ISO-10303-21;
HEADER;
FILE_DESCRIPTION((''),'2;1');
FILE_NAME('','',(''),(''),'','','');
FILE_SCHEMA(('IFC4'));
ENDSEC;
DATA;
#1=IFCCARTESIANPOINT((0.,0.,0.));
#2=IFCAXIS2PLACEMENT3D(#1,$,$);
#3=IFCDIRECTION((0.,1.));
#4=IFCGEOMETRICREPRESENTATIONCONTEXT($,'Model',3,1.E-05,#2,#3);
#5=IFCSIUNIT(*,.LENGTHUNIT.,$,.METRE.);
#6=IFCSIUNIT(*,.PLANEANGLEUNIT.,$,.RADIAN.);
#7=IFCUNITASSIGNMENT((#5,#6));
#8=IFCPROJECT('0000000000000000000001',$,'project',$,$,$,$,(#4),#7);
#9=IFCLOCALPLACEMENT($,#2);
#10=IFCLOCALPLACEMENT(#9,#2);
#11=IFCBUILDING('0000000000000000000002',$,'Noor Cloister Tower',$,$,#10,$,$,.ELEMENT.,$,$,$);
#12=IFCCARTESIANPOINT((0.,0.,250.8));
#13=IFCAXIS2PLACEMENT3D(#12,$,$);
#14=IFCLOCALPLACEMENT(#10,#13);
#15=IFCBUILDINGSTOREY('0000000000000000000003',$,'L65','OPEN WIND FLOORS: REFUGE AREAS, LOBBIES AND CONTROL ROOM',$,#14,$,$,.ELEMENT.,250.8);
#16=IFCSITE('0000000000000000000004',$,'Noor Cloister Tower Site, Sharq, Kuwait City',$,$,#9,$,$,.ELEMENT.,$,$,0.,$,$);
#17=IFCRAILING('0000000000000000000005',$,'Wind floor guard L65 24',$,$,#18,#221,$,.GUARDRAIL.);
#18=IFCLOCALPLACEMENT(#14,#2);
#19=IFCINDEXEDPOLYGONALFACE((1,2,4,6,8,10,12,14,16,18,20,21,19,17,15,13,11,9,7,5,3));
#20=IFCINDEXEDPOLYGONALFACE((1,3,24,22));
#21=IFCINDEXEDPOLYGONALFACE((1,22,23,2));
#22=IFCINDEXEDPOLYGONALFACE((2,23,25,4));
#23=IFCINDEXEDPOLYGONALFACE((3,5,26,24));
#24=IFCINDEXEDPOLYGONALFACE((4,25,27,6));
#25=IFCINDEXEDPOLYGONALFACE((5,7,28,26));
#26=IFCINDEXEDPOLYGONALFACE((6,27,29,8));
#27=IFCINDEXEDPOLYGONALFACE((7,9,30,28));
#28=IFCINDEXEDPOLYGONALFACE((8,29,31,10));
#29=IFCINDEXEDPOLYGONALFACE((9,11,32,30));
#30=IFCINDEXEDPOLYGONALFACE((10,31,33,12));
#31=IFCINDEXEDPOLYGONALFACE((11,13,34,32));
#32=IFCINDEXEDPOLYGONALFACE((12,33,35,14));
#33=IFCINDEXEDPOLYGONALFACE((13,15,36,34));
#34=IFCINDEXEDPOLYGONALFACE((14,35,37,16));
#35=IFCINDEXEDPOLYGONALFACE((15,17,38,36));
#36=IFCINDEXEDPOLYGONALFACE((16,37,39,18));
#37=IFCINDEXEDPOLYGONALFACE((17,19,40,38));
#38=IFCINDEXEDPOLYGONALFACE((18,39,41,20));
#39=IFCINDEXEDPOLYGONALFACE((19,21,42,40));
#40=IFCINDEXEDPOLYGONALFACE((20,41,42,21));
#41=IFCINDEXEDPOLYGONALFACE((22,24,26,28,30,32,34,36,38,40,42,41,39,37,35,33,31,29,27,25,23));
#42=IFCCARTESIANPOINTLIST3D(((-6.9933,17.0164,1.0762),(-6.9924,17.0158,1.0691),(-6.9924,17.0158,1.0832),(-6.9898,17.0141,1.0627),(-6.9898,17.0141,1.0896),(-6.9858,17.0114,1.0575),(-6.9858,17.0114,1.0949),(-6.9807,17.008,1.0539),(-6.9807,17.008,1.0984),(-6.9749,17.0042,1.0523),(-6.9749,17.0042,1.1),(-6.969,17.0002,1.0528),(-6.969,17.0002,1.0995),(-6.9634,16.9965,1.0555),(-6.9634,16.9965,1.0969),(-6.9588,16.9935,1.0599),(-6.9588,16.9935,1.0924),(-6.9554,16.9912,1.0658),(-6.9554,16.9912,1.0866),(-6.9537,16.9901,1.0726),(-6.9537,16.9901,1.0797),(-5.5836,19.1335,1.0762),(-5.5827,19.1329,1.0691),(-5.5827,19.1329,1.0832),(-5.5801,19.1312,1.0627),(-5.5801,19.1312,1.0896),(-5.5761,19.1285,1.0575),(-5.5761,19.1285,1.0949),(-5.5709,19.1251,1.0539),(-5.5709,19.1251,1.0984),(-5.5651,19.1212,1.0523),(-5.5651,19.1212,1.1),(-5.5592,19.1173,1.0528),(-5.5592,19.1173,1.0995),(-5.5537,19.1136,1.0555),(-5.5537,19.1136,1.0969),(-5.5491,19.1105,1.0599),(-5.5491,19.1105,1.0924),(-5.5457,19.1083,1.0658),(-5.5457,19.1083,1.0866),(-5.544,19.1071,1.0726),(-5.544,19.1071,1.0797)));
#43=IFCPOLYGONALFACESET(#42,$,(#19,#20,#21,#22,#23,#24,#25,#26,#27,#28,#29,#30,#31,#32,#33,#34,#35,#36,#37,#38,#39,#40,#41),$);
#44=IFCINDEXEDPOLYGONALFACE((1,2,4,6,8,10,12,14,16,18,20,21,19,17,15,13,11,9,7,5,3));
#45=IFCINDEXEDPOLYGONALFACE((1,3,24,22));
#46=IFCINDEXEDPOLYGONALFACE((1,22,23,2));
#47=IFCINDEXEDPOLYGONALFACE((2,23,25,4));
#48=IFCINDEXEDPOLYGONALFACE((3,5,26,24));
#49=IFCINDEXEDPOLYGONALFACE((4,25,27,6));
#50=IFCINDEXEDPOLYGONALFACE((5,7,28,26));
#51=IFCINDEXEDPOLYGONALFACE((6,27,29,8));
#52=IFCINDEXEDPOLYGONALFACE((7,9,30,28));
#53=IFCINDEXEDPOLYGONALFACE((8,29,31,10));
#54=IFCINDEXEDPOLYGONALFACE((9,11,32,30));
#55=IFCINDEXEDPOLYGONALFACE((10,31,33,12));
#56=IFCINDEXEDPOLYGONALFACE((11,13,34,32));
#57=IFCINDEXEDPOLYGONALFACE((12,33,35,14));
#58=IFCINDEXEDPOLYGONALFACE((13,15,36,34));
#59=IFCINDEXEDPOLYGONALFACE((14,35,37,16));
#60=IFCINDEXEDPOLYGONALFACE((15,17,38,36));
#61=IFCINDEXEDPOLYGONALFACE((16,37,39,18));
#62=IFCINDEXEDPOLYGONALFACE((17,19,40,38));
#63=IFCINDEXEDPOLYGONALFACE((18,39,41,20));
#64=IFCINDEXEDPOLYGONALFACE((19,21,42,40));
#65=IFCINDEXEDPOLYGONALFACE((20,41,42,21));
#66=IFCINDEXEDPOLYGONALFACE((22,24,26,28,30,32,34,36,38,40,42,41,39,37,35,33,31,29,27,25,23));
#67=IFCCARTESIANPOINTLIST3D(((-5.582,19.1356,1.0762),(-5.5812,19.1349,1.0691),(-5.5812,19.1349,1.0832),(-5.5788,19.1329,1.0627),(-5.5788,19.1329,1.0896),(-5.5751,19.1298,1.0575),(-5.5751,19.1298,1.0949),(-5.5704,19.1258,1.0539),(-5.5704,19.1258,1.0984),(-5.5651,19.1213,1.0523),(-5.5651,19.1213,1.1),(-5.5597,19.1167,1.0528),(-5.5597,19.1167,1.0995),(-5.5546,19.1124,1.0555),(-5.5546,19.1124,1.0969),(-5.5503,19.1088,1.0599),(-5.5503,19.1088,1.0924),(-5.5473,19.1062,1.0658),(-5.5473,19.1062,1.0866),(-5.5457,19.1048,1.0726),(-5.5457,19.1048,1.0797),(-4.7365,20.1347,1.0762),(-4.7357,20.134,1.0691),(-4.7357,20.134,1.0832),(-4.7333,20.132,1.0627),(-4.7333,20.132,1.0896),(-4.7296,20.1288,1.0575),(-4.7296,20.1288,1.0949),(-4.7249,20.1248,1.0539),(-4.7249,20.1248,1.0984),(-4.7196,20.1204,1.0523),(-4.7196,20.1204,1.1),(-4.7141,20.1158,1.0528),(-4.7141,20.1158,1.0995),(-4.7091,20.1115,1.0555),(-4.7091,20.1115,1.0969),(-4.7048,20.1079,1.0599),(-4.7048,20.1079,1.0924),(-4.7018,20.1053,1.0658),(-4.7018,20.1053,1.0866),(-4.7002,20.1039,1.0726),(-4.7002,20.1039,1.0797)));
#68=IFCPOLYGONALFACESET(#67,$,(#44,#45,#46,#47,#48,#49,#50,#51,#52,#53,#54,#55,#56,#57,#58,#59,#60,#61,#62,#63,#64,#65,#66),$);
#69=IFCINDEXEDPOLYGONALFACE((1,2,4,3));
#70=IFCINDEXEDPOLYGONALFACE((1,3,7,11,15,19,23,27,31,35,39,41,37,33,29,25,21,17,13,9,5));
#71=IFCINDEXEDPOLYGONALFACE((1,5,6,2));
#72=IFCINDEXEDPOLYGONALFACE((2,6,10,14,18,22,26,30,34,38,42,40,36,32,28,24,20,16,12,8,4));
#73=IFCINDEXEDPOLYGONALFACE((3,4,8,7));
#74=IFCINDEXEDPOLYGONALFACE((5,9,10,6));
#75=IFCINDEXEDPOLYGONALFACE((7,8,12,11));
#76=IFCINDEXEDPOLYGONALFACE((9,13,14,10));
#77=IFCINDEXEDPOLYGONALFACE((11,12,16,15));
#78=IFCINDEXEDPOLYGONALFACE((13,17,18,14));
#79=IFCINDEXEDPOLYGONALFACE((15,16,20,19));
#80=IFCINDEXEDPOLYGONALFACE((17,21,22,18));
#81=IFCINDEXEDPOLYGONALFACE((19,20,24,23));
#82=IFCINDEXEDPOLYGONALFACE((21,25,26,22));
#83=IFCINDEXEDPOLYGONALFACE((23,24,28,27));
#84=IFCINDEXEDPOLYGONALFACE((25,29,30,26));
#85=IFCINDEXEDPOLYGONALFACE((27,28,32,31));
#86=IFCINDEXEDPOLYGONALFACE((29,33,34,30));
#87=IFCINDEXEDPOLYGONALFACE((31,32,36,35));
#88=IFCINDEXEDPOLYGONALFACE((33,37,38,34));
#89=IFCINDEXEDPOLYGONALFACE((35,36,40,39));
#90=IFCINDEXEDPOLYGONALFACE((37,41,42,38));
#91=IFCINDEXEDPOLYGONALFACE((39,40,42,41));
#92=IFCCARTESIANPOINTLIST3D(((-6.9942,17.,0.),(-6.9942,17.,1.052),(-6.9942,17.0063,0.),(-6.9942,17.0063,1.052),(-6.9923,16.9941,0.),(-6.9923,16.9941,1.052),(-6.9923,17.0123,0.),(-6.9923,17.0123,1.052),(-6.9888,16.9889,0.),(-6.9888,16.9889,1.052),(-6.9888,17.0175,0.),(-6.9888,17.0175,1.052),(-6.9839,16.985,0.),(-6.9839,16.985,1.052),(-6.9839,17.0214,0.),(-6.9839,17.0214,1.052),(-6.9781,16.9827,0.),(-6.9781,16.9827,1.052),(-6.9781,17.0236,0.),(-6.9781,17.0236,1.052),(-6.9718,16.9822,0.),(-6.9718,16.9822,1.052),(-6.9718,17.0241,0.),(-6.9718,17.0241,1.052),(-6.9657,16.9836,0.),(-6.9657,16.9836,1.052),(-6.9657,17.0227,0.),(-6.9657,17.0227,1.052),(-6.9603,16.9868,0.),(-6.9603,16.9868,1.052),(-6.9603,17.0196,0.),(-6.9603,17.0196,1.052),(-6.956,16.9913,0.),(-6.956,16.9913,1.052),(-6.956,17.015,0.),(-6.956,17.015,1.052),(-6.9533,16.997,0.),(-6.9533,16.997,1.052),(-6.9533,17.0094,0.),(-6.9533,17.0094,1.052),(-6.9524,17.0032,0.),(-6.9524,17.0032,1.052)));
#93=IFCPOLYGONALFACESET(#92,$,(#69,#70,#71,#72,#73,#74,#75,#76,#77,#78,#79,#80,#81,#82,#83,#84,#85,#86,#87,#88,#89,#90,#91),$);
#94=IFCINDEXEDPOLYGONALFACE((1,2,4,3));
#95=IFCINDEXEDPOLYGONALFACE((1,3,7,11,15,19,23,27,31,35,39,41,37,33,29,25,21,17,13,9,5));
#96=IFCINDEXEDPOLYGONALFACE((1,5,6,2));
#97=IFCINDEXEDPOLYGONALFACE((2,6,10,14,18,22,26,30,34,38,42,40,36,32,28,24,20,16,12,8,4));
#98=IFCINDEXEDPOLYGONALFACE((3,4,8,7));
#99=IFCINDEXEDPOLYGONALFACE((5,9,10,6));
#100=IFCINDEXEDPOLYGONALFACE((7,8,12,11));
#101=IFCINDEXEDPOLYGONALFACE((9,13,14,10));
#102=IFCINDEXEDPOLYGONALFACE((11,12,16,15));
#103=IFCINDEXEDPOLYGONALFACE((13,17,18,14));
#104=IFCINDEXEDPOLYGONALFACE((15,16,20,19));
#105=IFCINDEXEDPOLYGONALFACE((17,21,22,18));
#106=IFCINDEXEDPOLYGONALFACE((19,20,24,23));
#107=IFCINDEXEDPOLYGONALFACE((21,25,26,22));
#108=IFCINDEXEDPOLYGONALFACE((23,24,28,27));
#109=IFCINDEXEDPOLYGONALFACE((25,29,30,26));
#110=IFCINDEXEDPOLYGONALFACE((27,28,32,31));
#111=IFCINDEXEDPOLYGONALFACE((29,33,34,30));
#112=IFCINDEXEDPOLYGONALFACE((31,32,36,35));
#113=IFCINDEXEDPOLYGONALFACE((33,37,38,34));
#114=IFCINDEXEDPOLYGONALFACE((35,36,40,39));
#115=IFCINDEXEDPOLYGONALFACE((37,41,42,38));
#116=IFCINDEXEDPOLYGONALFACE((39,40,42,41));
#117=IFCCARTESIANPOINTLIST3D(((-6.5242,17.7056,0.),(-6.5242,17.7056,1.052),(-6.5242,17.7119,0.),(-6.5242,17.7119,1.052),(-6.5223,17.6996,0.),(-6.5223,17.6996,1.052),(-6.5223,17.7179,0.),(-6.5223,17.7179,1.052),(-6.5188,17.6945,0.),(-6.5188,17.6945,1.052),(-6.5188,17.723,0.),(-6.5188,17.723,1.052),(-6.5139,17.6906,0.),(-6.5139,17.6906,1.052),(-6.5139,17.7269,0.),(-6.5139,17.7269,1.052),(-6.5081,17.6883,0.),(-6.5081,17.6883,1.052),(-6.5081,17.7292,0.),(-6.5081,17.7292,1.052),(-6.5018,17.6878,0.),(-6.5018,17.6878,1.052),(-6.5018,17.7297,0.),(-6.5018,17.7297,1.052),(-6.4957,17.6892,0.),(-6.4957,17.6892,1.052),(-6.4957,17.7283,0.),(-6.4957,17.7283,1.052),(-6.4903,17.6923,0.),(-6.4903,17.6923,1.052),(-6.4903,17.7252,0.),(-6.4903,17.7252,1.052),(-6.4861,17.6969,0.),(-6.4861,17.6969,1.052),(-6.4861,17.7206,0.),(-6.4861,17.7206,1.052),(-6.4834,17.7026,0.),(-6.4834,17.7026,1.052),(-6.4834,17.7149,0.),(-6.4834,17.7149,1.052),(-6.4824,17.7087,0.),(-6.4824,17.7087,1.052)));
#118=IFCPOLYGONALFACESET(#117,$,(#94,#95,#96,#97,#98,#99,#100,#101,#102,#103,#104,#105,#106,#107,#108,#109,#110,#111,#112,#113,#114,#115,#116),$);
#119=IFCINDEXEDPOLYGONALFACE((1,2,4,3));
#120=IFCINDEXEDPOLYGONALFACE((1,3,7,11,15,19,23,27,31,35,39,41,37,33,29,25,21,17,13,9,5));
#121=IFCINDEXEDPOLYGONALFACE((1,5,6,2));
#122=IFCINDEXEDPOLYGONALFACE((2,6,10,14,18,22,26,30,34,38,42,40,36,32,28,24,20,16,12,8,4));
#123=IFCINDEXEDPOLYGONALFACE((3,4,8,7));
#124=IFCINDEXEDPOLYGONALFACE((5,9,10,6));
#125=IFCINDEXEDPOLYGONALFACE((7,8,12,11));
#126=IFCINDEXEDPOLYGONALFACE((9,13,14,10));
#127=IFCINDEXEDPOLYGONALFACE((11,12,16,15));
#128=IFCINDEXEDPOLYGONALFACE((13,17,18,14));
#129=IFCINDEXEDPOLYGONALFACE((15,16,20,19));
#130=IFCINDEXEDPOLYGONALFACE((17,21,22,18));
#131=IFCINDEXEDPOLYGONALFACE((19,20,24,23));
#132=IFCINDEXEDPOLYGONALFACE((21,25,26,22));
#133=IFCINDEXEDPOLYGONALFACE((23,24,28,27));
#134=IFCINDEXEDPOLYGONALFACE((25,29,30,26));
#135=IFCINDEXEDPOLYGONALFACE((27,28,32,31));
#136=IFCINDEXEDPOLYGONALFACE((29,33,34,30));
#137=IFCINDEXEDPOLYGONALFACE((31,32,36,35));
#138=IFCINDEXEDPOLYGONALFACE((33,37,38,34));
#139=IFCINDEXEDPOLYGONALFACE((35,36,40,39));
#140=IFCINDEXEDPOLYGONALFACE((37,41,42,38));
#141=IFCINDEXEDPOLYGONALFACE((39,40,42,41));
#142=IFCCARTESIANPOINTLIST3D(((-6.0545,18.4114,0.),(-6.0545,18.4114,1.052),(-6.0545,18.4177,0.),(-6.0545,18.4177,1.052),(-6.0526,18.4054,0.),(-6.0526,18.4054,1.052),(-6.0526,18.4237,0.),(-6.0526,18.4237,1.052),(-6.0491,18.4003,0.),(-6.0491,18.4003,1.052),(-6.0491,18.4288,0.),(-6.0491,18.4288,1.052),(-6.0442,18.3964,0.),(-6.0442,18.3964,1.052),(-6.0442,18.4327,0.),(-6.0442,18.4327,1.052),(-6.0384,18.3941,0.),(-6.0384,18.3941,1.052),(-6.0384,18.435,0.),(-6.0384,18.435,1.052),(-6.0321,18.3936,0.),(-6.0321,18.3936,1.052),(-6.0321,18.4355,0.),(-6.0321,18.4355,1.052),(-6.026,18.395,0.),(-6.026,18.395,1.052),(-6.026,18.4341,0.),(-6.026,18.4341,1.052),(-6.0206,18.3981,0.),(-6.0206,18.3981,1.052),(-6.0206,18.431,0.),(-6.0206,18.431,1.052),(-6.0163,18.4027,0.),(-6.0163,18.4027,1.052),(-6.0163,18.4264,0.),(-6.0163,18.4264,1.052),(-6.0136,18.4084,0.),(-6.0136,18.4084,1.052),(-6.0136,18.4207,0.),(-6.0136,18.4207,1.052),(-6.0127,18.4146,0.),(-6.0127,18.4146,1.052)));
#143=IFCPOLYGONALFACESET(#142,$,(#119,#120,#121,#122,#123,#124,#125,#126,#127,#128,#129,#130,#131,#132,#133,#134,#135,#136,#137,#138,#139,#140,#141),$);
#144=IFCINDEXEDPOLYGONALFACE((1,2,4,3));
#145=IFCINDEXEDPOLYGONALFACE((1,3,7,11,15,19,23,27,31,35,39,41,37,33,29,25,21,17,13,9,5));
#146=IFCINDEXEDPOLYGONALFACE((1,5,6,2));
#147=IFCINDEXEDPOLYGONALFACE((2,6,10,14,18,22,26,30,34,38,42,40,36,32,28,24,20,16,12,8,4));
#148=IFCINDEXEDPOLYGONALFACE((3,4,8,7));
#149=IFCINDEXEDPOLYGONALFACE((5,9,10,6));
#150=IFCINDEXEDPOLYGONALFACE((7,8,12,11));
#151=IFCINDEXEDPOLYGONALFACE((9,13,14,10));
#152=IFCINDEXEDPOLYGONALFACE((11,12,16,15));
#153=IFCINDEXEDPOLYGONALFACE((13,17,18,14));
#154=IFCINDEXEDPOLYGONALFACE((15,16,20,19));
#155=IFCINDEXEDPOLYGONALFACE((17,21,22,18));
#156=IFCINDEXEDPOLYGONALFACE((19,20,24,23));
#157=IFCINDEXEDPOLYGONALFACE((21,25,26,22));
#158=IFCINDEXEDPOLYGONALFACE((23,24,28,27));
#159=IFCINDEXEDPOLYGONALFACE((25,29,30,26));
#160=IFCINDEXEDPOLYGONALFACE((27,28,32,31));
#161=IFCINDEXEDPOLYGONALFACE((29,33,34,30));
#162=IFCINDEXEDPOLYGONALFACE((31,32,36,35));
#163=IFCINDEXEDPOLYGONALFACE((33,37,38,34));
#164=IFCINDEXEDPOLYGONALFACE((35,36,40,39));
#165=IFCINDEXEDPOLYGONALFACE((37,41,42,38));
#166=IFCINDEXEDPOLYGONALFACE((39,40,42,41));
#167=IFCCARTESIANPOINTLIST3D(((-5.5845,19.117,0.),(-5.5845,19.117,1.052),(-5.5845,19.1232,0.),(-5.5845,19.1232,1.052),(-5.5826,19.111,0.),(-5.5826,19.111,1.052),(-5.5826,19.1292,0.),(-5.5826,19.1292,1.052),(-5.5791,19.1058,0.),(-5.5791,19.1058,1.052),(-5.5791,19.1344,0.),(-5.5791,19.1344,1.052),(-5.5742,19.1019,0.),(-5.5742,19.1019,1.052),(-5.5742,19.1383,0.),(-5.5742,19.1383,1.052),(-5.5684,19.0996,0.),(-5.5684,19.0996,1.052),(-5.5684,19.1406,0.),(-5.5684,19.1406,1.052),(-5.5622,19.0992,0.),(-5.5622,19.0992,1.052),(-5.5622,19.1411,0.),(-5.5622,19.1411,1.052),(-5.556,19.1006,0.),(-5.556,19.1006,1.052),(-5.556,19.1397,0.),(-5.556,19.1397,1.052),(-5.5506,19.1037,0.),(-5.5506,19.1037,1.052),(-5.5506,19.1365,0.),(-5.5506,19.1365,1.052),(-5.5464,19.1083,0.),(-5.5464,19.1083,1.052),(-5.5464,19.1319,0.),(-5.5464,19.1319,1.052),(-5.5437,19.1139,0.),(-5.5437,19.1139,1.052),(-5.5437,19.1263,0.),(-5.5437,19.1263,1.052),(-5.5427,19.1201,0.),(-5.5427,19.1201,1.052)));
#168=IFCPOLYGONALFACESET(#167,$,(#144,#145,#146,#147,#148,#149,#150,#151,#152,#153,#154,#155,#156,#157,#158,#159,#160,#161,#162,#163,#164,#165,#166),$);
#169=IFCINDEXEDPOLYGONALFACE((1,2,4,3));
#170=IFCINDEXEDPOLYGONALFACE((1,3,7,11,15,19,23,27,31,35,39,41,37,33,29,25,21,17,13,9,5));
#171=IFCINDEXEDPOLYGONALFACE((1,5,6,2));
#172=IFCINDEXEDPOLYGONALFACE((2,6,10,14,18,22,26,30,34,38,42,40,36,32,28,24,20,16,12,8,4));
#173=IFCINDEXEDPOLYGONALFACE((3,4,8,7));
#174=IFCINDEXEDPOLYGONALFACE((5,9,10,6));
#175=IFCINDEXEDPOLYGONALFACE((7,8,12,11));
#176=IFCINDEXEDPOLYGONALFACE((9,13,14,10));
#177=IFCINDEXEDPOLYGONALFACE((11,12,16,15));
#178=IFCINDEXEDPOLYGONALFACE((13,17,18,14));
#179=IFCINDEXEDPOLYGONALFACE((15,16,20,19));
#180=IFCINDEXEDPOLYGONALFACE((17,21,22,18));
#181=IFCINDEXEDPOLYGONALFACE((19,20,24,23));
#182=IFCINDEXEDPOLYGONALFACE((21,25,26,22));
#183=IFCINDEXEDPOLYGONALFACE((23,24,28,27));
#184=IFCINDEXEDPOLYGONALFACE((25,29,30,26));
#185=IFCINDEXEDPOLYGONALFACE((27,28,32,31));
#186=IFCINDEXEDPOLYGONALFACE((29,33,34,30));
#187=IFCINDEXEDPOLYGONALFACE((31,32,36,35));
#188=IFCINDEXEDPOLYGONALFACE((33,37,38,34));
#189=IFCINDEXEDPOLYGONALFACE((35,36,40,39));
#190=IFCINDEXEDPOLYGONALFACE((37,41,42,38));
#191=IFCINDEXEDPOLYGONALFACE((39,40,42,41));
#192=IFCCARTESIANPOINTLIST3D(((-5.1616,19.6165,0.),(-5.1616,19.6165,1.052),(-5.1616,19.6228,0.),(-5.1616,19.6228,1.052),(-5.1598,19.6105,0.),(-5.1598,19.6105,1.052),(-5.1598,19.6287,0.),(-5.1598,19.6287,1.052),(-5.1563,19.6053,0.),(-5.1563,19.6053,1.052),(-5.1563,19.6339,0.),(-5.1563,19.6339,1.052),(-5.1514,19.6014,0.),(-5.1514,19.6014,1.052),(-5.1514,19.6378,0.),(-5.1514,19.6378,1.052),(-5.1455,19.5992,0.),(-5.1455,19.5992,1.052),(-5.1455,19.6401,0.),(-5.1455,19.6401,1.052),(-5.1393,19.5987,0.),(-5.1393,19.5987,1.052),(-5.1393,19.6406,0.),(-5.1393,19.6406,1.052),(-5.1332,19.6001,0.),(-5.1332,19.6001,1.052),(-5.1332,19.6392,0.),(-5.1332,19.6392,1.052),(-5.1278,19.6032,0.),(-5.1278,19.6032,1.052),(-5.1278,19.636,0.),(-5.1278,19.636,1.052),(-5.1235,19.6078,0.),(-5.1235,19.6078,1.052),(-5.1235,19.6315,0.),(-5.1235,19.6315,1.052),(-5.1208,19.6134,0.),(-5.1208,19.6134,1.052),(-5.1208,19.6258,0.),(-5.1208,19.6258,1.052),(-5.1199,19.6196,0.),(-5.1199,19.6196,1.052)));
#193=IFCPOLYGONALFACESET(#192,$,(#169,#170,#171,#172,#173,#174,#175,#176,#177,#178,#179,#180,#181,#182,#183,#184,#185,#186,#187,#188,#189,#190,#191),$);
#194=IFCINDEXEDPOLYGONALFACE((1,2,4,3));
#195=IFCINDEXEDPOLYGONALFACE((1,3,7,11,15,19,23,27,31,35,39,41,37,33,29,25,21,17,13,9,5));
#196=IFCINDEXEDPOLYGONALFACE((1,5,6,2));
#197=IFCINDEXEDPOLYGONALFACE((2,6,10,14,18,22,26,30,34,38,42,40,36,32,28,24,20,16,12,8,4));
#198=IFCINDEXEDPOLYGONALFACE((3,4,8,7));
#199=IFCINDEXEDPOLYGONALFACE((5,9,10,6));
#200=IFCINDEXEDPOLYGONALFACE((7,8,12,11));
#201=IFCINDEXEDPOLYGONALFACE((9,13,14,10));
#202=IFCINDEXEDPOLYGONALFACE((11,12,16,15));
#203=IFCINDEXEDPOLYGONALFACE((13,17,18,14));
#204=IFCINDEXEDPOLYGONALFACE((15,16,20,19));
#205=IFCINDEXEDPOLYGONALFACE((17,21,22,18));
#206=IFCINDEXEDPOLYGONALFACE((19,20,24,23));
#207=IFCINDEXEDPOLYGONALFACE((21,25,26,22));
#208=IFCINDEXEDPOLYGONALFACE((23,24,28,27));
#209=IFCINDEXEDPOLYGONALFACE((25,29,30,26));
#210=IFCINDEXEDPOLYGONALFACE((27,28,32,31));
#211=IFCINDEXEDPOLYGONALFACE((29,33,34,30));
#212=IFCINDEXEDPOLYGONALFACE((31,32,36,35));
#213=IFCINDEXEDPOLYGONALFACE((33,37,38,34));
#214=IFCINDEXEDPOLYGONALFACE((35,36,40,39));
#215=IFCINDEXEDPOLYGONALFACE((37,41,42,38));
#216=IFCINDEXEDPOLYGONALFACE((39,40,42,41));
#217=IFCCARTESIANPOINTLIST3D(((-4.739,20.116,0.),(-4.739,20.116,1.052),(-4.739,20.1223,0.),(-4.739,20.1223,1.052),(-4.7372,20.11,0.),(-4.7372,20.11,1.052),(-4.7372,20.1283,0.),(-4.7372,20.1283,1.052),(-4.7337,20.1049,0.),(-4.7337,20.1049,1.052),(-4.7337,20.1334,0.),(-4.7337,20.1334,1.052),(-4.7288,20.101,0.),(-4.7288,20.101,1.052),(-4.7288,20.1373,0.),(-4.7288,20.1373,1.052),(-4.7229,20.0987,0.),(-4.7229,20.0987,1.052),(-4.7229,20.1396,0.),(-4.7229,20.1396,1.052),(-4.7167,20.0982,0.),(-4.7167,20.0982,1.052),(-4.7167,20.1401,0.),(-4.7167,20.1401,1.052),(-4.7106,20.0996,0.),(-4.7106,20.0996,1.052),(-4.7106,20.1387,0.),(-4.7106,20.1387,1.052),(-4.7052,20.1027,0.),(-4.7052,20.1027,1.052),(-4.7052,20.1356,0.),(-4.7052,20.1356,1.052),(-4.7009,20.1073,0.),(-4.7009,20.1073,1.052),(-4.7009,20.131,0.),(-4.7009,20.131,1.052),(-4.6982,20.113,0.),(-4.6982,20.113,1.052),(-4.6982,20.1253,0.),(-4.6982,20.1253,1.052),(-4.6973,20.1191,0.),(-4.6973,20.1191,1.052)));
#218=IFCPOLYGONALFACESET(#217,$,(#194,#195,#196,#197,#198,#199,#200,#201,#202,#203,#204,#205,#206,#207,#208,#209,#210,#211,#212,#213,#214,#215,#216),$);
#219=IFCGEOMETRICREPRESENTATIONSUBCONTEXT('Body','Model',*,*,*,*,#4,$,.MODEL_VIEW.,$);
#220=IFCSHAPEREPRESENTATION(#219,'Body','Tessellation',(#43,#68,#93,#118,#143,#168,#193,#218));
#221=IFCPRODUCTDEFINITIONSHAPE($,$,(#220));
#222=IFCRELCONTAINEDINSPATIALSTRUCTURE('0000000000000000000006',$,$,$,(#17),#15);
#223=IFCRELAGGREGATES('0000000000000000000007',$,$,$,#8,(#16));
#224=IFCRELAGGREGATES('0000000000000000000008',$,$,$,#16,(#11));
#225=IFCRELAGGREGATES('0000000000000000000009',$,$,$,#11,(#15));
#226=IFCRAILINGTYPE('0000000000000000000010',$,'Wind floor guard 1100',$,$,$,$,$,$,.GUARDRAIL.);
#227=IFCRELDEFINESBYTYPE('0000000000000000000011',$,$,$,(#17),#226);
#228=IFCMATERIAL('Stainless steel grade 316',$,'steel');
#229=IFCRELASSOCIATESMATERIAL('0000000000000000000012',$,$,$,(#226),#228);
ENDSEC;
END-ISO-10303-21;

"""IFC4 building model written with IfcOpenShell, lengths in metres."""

from ifc_helpers import new_model, si_unit, direction, frame, origin, origin_2d, place, context, subcontext, project, spatial, circle, extrude, material, type_object, element, save


model = new_model("IFC4")

# Units and contexts
model_context = context("Model", 3, precision=1e-05, world=origin(), true_north=direction((0.0, 1.0)))
body_context = subcontext(model_context, "Body", "Model", "MODEL_VIEW")
ifc_project = project(units=[si_unit("LENGTHUNIT", "METRE"), si_unit("PLANEANGLEUNIT", "RADIAN")], contexts=[model_context])

# Site, building, storey
site_placement = place(None, origin())
site = spatial("IfcSite", under=ifc_project, at=site_placement, Name="Noor Cloister Tower Site, Sharq, Kuwait City", CompositionType="ELEMENT", RefElevation=0.0)
building_placement = place(site_placement, origin())
building = spatial("IfcBuilding", under=site, at=building_placement, Name="Noor Cloister Tower", CompositionType="ELEMENT")
storey_placement = place(building_placement, frame((0.0, 0.0, 250.8)))
storey = spatial("IfcBuildingStorey", under=building, at=storey_placement, Name="L65", Description="OPEN WIND FLOORS: REFUGE AREAS, LOBBIES AND CONTROL ROOM", CompositionType="ELEMENT", Elevation=250.8)

# Railing
ifc_material_1 = material(Name="Stainless steel grade 316", Category="steel")
railing_type = type_object("IfcRailingType", Name="Wind floor guard 1100", PredefinedType="GUARDRAIL", material=ifc_material_1)
railing_1_placement = place(storey_placement, frame((-6.9734, 17.0032, 0.0)))
element("IfcRailing", 1, at=railing_1_placement, inside=storey, type_object=railing_type, Name="Wind floor guard L65 24", PredefinedType="GUARDRAIL", context=body_context, shape_type="SweptSolid", body=[
    extrude(circle(Radius=0.0239, at=origin_2d()), frame((0.0, 0.0, 1.0762), z_axis=(0.554257, 0.832346, 0.0), x_axis=(-0.832346, 0.554257, 0.0)), (0.0, 0.0, 1.0), 2.5435),
    extrude(circle(Radius=0.0239, at=origin_2d()), frame((1.4097, 2.1169, 1.0762), z_axis=(0.646001, 0.763337, 0.0), x_axis=(-0.763337, 0.646001, 0.0)), (0.0, 0.0, 1.0), 1.3088),
    extrude(circle(Radius=0.021, at=origin_2d()), origin(), (0.0, 0.0, 1.0), 1.052),
    extrude(circle(Radius=0.021, at=origin_2d()), frame((0.47, 0.7056, 0.0)), (0.0, 0.0, 1.0), 1.052),
    extrude(circle(Radius=0.021, at=origin_2d()), frame((0.9397, 1.4114, 0.0)), (0.0, 0.0, 1.0), 1.052),
    extrude(circle(Radius=0.021, at=origin_2d()), frame((1.4097, 2.1169, 0.0)), (0.0, 0.0, 1.0), 1.052),
    extrude(circle(Radius=0.021, at=origin_2d()), frame((1.8325, 2.6165, 0.0)), (0.0, 0.0, 1.0), 1.052),
    extrude(circle(Radius=0.021, at=origin_2d()), frame((2.2551, 3.116, 0.0)), (0.0, 0.0, 1.0), 1.052),
])

save(model, "model.ifc")
